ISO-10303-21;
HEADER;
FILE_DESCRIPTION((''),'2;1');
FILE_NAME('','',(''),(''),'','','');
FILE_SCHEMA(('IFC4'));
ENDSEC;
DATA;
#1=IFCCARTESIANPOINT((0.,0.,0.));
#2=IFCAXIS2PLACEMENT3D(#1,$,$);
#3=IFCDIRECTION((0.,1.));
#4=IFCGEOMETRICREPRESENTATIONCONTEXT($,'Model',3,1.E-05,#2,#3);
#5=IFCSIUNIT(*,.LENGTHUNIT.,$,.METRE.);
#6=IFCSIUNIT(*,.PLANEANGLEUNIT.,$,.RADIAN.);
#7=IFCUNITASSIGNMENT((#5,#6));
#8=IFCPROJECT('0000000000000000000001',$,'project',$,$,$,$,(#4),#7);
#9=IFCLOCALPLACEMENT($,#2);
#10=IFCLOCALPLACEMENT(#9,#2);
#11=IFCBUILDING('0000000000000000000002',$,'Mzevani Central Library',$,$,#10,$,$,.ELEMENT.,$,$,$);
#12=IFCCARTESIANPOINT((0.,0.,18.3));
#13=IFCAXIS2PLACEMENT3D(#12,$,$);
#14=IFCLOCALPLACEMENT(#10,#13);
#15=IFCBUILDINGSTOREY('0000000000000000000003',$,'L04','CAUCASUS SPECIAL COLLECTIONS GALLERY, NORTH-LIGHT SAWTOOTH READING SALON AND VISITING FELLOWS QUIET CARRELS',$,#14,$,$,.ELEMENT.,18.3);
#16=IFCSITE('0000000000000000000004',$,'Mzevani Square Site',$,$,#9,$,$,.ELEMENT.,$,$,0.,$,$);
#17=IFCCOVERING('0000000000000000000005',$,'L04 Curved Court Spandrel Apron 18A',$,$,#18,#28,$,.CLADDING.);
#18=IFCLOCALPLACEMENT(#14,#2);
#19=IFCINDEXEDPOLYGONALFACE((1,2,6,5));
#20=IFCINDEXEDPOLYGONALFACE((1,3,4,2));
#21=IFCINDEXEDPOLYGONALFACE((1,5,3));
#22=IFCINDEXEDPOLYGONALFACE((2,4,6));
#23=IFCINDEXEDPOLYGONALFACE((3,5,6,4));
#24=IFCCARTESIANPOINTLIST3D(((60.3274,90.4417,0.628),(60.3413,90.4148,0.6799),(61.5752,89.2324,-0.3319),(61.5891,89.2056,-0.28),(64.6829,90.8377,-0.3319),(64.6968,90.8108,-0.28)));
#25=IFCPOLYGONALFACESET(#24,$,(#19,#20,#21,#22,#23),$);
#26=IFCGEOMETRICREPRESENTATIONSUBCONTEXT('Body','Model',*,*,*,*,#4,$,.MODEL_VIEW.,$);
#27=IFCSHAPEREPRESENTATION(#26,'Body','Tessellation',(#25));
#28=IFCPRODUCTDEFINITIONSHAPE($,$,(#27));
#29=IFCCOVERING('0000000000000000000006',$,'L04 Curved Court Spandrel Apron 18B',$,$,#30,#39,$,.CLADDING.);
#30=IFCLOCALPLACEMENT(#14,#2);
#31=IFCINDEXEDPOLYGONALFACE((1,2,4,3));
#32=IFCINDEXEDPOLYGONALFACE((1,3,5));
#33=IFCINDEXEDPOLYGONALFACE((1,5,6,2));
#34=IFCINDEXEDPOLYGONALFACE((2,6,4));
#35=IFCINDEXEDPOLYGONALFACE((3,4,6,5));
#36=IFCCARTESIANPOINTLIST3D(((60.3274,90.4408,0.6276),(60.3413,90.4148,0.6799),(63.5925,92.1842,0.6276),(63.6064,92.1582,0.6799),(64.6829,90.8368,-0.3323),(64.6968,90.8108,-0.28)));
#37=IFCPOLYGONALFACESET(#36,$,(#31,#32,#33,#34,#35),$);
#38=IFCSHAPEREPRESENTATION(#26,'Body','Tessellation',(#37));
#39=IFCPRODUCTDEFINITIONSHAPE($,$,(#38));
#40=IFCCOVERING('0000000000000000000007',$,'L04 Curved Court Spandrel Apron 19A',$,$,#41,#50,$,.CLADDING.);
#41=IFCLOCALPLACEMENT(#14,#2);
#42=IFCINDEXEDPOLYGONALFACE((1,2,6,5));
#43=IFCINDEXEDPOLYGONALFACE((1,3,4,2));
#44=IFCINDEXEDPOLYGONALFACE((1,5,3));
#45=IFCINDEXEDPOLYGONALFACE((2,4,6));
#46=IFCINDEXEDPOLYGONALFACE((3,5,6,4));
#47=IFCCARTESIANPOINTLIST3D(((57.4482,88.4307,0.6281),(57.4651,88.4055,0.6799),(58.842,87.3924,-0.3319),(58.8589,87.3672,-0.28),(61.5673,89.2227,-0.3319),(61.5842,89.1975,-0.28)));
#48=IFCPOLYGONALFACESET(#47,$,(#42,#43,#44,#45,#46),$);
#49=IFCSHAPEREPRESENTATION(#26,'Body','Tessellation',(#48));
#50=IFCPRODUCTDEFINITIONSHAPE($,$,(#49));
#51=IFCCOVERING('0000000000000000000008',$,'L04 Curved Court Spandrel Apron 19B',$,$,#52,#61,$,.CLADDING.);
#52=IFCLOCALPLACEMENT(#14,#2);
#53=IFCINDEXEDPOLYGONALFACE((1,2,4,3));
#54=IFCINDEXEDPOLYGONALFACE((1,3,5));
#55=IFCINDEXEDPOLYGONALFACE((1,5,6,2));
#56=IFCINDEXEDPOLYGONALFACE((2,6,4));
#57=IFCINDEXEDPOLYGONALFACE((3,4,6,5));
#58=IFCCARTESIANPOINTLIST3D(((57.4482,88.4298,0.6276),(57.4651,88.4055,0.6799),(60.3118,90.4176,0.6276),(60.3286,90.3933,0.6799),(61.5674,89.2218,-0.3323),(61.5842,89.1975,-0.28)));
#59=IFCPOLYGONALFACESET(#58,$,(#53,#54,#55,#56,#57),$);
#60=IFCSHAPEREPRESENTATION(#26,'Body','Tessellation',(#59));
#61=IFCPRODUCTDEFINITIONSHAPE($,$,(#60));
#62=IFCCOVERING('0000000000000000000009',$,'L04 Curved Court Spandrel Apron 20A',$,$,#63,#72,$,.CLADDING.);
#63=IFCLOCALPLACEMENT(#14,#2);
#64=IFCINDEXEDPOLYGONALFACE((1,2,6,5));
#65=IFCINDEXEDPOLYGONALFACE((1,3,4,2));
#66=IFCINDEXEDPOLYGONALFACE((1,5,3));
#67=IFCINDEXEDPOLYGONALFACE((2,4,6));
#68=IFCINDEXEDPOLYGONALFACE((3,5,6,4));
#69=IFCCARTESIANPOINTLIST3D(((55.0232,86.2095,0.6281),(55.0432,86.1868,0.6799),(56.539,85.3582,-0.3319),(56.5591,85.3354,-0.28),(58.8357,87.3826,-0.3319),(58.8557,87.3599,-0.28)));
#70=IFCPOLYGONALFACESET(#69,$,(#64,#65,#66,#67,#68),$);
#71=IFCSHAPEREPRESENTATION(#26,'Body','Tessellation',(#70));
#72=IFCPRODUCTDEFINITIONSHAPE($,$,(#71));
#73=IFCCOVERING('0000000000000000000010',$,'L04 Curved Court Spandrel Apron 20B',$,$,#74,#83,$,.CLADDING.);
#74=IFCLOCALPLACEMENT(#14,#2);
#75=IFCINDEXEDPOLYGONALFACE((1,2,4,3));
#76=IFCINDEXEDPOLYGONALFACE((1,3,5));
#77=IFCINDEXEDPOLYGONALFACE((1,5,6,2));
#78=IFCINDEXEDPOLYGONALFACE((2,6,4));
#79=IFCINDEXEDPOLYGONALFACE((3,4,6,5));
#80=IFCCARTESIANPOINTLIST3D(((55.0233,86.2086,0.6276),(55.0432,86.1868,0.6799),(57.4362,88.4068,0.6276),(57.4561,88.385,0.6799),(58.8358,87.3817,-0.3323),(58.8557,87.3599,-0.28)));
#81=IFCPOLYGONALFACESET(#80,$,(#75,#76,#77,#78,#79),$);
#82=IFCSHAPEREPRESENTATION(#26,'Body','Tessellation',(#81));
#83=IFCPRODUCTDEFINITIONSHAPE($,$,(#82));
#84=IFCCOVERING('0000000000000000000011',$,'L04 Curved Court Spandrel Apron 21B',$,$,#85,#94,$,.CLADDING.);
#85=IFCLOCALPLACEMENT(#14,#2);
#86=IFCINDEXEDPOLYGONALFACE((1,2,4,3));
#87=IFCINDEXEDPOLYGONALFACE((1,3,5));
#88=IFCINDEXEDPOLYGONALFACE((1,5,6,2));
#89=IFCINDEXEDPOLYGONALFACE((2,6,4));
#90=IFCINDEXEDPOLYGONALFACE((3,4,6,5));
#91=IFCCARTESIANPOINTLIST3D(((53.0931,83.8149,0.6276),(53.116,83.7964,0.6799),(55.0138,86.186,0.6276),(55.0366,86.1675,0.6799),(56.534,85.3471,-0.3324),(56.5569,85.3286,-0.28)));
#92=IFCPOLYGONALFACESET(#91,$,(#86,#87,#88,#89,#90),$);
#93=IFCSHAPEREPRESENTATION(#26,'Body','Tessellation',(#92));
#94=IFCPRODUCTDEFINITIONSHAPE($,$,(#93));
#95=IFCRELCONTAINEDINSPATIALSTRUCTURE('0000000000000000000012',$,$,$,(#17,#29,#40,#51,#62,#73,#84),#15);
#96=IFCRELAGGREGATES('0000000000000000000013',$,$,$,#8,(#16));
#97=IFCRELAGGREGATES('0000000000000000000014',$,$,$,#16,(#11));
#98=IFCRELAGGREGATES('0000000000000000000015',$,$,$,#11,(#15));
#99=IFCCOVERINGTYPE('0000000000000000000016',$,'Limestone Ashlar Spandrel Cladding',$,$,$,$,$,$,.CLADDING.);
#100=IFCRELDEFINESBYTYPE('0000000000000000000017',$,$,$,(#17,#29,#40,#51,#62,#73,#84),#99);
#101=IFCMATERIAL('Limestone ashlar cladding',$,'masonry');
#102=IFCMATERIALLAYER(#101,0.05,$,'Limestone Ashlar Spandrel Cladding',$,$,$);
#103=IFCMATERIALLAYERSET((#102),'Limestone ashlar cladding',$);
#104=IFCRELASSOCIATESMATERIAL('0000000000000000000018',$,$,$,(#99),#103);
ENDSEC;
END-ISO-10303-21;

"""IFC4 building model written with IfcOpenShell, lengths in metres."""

from ifc_helpers import new_model, si_unit, direction, frame, origin, place, context, subcontext, project, spatial, polyline, outline, extrude, material, layer, layer_set, type_object, element, save


model = new_model("IFC4")

# Units and contexts
model_context = context("Model", 3, precision=1e-05, world=origin(), true_north=direction((0.0, 1.0)))
body_context = subcontext(model_context, "Body", "Model", "MODEL_VIEW")
ifc_project = project(units=[si_unit("LENGTHUNIT", "METRE"), si_unit("PLANEANGLEUNIT", "RADIAN")], contexts=[model_context])

# Site, building, storey
site_placement = place(None, origin())
site = spatial("IfcSite", under=ifc_project, at=site_placement, Name="Mzevani Square Site", CompositionType="ELEMENT", RefElevation=0.0)
building_placement = place(site_placement, origin())
building = spatial("IfcBuilding", under=site, at=building_placement, Name="Mzevani Central Library", CompositionType="ELEMENT")
storey_placement = place(building_placement, frame((0.0, 0.0, 18.3)))
storey = spatial("IfcBuildingStorey", under=building, at=storey_placement, Name="L04", Description="CAUCASUS SPECIAL COLLECTIONS GALLERY, NORTH-LIGHT SAWTOOTH READING SALON AND VISITING FELLOWS QUIET CARRELS", CompositionType="ELEMENT", Elevation=18.3)

# Coverings
ifc_material_1 = material(Name="Limestone ashlar cladding", Category="masonry")
ifc_layer_1 = layer(ifc_material_1, 0.05, Name="Limestone Ashlar Spandrel Cladding")
ifc_layer_set_1 = layer_set([ifc_layer_1], Name="Limestone ashlar cladding")
covering_type = type_object("IfcCoveringType", Name="Limestone Ashlar Spandrel Cladding", PredefinedType="CLADDING", material=ifc_layer_set_1)
covering_1_placement = place(storey_placement, frame((64.6968, 90.8108, -0.28), z_axis=(0.231097, -0.447397, 0.863962), x_axis=(-0.888473, -0.458929, 0.0)))
element("IfcCovering", 1, at=covering_1_placement, inside=storey, type_object=covering_type, Name="L04 Curved Court Spandrel Apron 18A", PredefinedType="CLADDING", context=body_context, shape_type="SweptSolid", body=[
    extrude(outline(polyline([(0.0, 0.0), (3.4978, 0.0), (4.0514, -1.9064), (0.0, 0.0)])), origin(), (0.0, 0.0, -1.0), 0.0601),
])
covering_2_placement = place(storey_placement, frame((64.6968, 90.8108, -0.28), z_axis=(0.231376, -0.433331, 0.871028), x_axis=(-0.972735, -0.08844, 0.214394)))
element("IfcCovering", 2, at=covering_2_placement, inside=storey, type_object=covering_type, Name="L04 Curved Court Spandrel Apron 18B", PredefinedType="CLADDING", context=body_context, shape_type="SweptSolid", body=[
    extrude(outline(polyline([(0.0, 0.0), (4.4775, 0.0), (1.1472, -1.6155), (0.0, 0.0)])), origin(), (0.0, 0.0, -1.0), 0.0601),
])
covering_3_placement = place(storey_placement, frame((61.5842, 89.1975, -0.28), z_axis=(0.281764, -0.419545, 0.862897), x_axis=(-0.830158, -0.557529, 0.0)))
element("IfcCovering", 3, at=covering_3_placement, inside=storey, type_object=covering_type, Name="L04 Curved Court Spandrel Apron 19A", PredefinedType="CLADDING", context=body_context, shape_type="SweptSolid", body=[
    extrude(outline(polyline([(0.0, 0.0), (3.2829, 0.0), (3.8611, -1.8995), (0.0, 0.0)])), origin(), (0.0, 0.0, -1.0), 0.0601),
])
covering_4_placement = place(storey_placement, frame((61.5842, 89.1975, -0.28), z_axis=(0.280602, -0.404223, 0.870555), x_axis=(-0.957264, -0.184054, 0.223089)))
element("IfcCovering", 4, at=covering_4_placement, inside=storey, type_object=covering_type, Name="L04 Curved Court Spandrel Apron 19B", PredefinedType="CLADDING", context=body_context, shape_type="SweptSolid", body=[
    extrude(outline(polyline([(0.0, 0.0), (4.303, 0.0), (1.196, -1.5804), (0.0, 0.0)])), origin(), (0.0, 0.0, -1.0), 0.0601),
])
covering_5_placement = place(storey_placement, frame((58.8557, 87.3599, -0.28), z_axis=(0.333888, -0.378785, 0.863157), x_axis=(-0.750166, -0.66125, 0.0)))
element("IfcCovering", 5, at=covering_5_placement, inside=storey, type_object=covering_type, Name="L04 Curved Court Spandrel Apron 20A", PredefinedType="CLADDING", context=body_context, shape_type="SweptSolid", body=[
    extrude(outline(polyline([(0.0, 0.0), (3.0615, 0.0), (3.6357, -1.9012), (0.0, 0.0)])), origin(), (0.0, 0.0, -1.0), 0.0601),
])
covering_6_placement = place(storey_placement, frame((58.8557, 87.3599, -0.28), z_axis=(0.331084, -0.363406, 0.870815), x_axis=(-0.929247, -0.285927, 0.233978)))
element("IfcCovering", 6, at=covering_6_placement, inside=storey, type_object=covering_type, Name="L04 Curved Court Spandrel Apron 20B", PredefinedType="CLADDING", context=body_context, shape_type="SweptSolid", body=[
    extrude(outline(polyline([(0.0, 0.0), (4.1028, 0.0), (1.2321, -1.5535), (0.0, 0.0)])), origin(), (0.0, 0.0, -1.0), 0.0601),
])
covering_7_placement = place(storey_placement, frame((56.5569, 85.3286, -0.28), z_axis=(0.380495, -0.308212, 0.871911), x_axis=(-0.885226, -0.394187, 0.246964)))
element("IfcCovering", 7, at=covering_7_placement, inside=storey, type_object=covering_type, Name="L04 Curved Court Spandrel Apron 21B", PredefinedType="CLADDING", context=body_context, shape_type="SweptSolid", body=[
    extrude(outline(polyline([(0.0, 0.0), (3.8871, 0.0), (1.2522, -1.539), (0.0, 0.0)])), origin(), (0.0, 0.0, -1.0), 0.0601),
])

save(model, "model.ifc")
